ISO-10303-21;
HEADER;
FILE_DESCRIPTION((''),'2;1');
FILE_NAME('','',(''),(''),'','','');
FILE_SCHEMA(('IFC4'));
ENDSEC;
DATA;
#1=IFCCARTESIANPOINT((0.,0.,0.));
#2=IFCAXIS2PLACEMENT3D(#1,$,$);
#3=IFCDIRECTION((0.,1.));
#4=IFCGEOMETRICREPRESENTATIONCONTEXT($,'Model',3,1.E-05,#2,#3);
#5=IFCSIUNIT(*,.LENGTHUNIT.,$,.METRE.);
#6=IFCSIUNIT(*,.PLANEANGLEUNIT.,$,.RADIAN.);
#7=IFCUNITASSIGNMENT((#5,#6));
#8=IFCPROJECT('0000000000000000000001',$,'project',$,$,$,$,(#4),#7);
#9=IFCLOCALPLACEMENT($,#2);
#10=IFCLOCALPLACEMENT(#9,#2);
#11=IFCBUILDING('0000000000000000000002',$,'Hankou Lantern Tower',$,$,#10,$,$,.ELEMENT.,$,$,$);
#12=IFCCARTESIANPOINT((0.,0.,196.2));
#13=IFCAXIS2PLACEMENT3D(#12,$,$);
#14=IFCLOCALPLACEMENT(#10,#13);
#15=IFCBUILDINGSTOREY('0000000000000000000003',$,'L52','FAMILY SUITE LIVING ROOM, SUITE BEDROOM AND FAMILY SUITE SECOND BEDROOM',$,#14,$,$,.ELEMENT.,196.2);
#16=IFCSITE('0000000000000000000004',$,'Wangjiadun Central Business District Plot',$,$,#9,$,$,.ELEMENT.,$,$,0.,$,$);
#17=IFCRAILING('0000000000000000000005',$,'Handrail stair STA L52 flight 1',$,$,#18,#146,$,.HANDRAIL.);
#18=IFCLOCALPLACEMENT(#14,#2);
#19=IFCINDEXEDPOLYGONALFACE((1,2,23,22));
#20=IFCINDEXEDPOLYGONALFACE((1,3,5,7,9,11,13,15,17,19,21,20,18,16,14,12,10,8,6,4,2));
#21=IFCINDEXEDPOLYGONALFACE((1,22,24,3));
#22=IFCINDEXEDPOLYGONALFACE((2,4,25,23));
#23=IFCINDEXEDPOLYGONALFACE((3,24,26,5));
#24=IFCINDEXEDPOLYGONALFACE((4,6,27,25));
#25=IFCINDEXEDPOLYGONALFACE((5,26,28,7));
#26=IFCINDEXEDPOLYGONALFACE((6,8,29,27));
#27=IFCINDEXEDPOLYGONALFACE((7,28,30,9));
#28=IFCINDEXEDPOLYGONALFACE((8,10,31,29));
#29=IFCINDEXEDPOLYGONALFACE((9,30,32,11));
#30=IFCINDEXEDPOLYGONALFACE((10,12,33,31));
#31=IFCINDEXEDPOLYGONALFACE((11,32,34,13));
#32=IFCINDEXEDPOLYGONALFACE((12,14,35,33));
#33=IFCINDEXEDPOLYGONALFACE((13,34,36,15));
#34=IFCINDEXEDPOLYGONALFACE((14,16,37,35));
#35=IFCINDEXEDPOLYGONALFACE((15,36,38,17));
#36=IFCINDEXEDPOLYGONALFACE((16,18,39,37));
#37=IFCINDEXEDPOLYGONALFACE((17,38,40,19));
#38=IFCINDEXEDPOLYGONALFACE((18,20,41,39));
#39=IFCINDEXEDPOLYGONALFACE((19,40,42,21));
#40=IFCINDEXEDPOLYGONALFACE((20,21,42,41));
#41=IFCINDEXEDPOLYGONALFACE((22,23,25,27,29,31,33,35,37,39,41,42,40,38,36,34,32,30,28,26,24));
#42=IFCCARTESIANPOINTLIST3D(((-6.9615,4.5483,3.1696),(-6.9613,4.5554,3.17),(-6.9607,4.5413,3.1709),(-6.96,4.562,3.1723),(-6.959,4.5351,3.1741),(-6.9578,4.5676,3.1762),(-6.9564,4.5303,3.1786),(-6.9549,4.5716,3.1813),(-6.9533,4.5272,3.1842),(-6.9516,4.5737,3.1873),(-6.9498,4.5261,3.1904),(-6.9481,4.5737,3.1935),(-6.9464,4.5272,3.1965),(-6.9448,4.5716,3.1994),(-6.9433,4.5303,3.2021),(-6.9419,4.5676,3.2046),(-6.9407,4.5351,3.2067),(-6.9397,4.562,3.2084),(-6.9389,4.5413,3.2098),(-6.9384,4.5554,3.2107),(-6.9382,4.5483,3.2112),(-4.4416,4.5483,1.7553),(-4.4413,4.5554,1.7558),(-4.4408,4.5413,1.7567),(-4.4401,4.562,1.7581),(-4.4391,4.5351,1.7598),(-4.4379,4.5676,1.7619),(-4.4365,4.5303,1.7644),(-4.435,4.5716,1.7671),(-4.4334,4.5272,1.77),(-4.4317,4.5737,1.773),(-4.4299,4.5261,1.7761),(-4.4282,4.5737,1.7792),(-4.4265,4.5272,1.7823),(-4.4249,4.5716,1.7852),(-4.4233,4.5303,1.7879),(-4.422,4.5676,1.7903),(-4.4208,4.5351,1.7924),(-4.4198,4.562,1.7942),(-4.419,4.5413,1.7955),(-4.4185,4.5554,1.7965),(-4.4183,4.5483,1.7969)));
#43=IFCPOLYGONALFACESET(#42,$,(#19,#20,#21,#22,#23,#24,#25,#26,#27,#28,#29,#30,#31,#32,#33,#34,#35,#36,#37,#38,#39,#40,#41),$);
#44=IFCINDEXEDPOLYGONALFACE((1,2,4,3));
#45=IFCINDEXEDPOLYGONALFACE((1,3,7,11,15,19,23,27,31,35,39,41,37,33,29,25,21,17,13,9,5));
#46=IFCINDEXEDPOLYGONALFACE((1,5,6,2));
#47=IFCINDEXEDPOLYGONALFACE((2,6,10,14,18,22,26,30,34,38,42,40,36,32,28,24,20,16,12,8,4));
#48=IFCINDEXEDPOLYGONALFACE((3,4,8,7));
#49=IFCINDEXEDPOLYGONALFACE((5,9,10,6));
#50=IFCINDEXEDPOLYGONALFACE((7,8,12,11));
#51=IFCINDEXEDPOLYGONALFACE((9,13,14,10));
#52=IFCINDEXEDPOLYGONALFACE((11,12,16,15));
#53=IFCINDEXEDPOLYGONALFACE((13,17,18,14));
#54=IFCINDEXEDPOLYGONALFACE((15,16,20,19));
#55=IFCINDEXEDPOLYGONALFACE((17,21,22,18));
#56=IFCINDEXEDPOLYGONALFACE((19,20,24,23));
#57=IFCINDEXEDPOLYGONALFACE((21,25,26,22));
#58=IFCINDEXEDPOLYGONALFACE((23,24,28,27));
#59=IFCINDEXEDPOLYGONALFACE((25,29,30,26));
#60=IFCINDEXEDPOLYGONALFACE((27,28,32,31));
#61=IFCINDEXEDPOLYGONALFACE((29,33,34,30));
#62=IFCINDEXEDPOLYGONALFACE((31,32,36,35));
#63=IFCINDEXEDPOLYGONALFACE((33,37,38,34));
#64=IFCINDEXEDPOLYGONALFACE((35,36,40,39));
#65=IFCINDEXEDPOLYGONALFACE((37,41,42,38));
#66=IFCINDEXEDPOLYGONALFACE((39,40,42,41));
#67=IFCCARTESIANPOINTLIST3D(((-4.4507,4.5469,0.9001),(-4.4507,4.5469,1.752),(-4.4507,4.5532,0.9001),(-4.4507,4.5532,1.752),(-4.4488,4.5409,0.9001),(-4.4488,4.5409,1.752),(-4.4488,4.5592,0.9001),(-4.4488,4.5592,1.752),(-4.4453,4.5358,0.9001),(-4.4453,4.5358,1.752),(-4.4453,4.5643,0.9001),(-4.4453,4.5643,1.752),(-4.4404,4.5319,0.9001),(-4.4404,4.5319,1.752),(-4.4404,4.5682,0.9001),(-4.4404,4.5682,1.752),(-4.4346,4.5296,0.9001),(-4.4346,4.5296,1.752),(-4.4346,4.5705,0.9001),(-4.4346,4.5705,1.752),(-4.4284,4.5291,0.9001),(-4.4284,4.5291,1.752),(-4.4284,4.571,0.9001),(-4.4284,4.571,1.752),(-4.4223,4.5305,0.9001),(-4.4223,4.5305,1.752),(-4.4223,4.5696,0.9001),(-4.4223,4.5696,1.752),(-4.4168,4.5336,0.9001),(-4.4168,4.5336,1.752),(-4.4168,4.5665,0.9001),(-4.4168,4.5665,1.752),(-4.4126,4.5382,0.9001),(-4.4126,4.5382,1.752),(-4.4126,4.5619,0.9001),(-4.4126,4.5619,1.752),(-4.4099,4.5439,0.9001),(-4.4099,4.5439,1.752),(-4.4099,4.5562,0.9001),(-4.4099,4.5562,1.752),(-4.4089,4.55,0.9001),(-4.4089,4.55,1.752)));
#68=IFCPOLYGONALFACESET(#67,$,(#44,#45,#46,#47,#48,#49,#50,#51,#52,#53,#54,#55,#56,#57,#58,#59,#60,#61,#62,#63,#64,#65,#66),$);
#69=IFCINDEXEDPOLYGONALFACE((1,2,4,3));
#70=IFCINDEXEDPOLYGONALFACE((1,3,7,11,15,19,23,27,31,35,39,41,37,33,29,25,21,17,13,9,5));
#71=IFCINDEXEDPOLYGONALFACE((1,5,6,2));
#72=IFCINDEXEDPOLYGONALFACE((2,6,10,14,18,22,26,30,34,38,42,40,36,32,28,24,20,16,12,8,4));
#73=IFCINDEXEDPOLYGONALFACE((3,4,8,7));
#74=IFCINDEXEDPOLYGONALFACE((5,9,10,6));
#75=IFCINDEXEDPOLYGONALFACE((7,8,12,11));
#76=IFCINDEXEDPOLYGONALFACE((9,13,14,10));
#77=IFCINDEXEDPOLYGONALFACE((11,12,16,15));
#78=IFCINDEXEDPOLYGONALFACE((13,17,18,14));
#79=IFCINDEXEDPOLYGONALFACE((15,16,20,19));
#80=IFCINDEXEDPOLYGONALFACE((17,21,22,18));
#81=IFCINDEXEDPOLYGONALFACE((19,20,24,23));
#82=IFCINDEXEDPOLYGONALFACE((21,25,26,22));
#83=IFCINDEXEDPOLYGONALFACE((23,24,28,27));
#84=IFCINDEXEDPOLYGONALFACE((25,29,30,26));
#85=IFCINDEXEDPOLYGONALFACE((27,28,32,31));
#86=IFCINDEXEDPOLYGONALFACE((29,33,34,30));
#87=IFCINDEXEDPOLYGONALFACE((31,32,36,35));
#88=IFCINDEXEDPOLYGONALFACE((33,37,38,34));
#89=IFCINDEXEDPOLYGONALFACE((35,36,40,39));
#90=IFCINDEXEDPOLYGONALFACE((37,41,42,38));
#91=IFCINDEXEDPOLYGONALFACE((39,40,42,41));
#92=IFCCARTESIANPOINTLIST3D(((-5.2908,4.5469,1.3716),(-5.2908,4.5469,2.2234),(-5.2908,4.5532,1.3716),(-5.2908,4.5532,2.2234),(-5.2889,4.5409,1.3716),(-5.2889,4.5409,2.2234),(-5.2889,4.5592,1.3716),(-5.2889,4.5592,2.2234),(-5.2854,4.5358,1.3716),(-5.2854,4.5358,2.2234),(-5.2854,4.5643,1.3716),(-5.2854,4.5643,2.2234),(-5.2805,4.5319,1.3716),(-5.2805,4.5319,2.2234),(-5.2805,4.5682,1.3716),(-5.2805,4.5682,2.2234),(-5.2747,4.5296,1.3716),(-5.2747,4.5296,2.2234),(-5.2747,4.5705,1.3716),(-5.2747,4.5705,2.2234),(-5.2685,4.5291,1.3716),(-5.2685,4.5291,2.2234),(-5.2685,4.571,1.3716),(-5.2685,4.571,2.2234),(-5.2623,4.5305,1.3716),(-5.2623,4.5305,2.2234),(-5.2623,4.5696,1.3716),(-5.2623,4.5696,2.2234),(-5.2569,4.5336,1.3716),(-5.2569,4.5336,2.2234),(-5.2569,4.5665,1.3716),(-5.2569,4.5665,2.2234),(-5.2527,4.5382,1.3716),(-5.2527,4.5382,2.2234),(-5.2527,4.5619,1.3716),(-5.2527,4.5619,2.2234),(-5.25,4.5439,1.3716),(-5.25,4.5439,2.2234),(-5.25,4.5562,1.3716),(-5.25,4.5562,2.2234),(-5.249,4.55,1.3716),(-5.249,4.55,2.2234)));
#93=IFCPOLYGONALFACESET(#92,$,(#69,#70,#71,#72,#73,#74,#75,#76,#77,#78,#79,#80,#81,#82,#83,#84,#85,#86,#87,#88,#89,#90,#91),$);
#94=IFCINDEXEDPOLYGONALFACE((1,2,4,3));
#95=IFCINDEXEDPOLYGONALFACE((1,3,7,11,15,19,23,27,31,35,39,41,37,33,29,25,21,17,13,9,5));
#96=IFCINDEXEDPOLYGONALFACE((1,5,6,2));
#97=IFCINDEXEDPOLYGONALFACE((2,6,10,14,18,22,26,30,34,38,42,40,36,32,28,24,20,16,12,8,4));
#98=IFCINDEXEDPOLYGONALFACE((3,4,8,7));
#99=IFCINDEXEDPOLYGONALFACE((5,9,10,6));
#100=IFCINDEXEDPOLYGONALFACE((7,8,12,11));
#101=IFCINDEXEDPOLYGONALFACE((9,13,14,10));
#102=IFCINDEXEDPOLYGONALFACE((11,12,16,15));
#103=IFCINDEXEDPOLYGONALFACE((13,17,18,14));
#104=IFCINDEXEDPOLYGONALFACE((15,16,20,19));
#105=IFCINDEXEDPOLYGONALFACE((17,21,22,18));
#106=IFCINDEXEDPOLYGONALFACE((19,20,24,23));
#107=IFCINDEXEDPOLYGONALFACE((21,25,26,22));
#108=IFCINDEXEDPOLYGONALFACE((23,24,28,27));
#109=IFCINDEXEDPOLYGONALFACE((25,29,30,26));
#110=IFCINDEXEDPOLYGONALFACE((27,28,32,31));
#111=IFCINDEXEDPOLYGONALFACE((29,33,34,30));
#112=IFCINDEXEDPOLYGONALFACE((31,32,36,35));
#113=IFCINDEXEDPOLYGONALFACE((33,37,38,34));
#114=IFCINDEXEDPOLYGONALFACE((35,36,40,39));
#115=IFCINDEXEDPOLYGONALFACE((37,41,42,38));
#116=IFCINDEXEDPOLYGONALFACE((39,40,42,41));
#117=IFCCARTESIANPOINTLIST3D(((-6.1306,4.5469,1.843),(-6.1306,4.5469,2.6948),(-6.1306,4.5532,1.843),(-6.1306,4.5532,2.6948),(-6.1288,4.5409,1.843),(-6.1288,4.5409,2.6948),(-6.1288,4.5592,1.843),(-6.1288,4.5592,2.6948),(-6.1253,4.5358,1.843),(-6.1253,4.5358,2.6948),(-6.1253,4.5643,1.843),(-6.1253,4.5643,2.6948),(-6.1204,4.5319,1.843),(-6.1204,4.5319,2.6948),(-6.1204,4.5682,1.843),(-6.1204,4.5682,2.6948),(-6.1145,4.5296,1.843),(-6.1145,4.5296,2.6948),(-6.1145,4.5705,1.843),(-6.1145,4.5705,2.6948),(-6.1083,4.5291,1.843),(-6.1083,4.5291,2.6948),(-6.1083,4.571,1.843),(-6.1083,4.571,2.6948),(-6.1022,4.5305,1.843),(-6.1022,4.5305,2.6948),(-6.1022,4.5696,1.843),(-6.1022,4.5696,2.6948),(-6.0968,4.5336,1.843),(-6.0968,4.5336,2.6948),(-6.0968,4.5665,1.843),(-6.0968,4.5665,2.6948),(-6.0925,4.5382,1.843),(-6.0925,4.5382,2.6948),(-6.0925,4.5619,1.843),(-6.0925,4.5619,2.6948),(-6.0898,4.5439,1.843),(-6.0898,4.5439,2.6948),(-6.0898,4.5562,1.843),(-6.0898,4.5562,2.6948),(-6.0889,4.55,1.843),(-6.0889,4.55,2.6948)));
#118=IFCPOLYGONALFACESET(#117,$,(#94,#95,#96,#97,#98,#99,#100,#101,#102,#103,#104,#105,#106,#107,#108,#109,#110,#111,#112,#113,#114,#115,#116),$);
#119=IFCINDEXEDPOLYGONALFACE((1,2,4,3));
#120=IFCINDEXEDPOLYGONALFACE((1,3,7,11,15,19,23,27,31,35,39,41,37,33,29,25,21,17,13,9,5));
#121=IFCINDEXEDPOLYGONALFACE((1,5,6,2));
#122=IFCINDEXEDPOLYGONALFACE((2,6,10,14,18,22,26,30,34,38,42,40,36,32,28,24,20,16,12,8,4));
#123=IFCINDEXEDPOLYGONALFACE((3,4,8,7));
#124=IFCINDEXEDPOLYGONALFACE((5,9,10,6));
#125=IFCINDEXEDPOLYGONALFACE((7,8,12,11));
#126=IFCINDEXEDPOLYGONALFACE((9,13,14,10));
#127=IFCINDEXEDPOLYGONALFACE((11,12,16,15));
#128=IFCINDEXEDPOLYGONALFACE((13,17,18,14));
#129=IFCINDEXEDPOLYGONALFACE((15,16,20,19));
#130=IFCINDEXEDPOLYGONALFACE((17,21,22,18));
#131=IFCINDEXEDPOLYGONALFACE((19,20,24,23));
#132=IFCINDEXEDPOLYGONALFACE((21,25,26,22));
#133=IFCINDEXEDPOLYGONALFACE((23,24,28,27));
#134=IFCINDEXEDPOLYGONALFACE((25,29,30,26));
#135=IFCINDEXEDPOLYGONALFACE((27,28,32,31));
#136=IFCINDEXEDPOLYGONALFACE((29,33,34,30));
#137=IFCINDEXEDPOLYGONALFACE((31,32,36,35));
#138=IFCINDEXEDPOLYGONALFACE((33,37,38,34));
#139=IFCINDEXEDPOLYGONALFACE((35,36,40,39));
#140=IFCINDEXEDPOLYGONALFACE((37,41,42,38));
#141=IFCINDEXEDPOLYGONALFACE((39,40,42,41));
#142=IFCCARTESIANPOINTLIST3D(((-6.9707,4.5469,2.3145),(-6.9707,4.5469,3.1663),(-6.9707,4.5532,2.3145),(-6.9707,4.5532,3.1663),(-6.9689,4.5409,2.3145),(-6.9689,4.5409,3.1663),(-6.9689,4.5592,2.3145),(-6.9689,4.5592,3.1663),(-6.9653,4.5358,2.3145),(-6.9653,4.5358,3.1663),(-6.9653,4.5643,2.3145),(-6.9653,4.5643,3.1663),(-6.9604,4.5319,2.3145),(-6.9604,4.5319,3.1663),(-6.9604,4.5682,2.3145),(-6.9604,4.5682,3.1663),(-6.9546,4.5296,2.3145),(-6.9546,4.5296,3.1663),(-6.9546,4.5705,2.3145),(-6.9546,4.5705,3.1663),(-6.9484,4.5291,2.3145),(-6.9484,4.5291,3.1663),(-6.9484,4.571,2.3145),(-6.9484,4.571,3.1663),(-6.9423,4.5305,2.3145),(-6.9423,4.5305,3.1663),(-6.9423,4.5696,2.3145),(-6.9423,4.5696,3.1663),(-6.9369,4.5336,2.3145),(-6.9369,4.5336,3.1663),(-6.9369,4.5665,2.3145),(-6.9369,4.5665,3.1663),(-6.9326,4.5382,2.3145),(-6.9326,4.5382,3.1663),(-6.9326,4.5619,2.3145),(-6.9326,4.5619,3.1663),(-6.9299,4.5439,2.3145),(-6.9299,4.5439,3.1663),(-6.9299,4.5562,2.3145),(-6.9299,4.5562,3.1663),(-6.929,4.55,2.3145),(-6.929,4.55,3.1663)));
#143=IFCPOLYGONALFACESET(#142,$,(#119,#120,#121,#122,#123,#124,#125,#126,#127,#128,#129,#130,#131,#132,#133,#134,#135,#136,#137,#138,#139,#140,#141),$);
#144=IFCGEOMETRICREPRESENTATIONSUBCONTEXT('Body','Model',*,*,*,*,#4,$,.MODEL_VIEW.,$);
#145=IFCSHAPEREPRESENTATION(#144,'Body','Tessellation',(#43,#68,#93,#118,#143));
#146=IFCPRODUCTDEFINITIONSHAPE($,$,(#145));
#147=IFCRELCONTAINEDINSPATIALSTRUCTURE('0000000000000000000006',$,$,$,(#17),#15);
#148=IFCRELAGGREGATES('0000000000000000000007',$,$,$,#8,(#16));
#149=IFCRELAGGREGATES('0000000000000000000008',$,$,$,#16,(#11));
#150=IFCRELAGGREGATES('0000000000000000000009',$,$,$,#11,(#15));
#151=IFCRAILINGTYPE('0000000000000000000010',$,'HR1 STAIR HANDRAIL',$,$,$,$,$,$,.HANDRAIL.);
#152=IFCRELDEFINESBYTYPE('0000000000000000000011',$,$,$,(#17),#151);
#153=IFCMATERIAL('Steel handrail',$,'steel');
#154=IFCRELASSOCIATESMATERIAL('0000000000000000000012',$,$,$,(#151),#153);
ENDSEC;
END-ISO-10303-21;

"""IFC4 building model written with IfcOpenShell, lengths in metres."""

from ifc_helpers import new_model, si_unit, direction, frame, origin, origin_2d, place, context, subcontext, project, spatial, circle, extrude, material, type_object, element, save


model = new_model("IFC4")

# Units and contexts
model_context = context("Model", 3, precision=1e-05, world=origin(), true_north=direction((0.0, 1.0)))
body_context = subcontext(model_context, "Body", "Model", "MODEL_VIEW")
ifc_project = project(units=[si_unit("LENGTHUNIT", "METRE"), si_unit("PLANEANGLEUNIT", "RADIAN")], contexts=[model_context])

# Site, building, storey
site_placement = place(None, origin())
site = spatial("IfcSite", under=ifc_project, at=site_placement, Name="Wangjiadun Central Business District Plot", CompositionType="ELEMENT", RefElevation=0.0)
building_placement = place(site_placement, origin())
building = spatial("IfcBuilding", under=site, at=building_placement, Name="Hankou Lantern Tower", CompositionType="ELEMENT")
storey_placement = place(building_placement, frame((0.0, 0.0, 196.2)))
storey = spatial("IfcBuildingStorey", under=building, at=storey_placement, Name="L52", Description="FAMILY SUITE LIVING ROOM, SUITE BEDROOM AND FAMILY SUITE SECOND BEDROOM", CompositionType="ELEMENT", Elevation=196.2)

# Railing
ifc_material_1 = material(Name="Steel handrail", Category="steel")
railing_type = type_object("IfcRailingType", Name="HR1 STAIR HANDRAIL", PredefinedType="HANDRAIL", material=ifc_material_1)
railing_1_placement = place(storey_placement, frame((-4.4299, 4.55, 0.9001)))
element("IfcRailing", 1, at=railing_1_placement, inside=storey, type_object=railing_type, Name="Handrail stair STA L52 flight 1", PredefinedType="HANDRAIL", context=body_context, shape_type="SweptSolid", body=[
    extrude(circle(Radius=0.0239, at=origin_2d()), frame((0.0, 0.0, 0.876), z_axis=(-0.872049, 0.0, 0.489419), x_axis=(0.0, -1.0, 0.0)), (0.0, 0.0, 1.0), 2.8896),
    extrude(circle(Radius=0.021, at=origin_2d()), origin(), (0.0, 0.0, 1.0), 0.8518),
    extrude(circle(Radius=0.021, at=origin_2d()), frame((-0.8401, 0.0, 0.4714)), (0.0, 0.0, 1.0), 0.8518),
    extrude(circle(Radius=0.021, at=origin_2d()), frame((-1.6799, 0.0, 0.9429)), (0.0, 0.0, 1.0), 0.8518),
    extrude(circle(Radius=0.021, at=origin_2d()), frame((-2.52, 0.0, 1.4143)), (0.0, 0.0, 1.0), 0.8518),
])

save(model, "model.ifc")
